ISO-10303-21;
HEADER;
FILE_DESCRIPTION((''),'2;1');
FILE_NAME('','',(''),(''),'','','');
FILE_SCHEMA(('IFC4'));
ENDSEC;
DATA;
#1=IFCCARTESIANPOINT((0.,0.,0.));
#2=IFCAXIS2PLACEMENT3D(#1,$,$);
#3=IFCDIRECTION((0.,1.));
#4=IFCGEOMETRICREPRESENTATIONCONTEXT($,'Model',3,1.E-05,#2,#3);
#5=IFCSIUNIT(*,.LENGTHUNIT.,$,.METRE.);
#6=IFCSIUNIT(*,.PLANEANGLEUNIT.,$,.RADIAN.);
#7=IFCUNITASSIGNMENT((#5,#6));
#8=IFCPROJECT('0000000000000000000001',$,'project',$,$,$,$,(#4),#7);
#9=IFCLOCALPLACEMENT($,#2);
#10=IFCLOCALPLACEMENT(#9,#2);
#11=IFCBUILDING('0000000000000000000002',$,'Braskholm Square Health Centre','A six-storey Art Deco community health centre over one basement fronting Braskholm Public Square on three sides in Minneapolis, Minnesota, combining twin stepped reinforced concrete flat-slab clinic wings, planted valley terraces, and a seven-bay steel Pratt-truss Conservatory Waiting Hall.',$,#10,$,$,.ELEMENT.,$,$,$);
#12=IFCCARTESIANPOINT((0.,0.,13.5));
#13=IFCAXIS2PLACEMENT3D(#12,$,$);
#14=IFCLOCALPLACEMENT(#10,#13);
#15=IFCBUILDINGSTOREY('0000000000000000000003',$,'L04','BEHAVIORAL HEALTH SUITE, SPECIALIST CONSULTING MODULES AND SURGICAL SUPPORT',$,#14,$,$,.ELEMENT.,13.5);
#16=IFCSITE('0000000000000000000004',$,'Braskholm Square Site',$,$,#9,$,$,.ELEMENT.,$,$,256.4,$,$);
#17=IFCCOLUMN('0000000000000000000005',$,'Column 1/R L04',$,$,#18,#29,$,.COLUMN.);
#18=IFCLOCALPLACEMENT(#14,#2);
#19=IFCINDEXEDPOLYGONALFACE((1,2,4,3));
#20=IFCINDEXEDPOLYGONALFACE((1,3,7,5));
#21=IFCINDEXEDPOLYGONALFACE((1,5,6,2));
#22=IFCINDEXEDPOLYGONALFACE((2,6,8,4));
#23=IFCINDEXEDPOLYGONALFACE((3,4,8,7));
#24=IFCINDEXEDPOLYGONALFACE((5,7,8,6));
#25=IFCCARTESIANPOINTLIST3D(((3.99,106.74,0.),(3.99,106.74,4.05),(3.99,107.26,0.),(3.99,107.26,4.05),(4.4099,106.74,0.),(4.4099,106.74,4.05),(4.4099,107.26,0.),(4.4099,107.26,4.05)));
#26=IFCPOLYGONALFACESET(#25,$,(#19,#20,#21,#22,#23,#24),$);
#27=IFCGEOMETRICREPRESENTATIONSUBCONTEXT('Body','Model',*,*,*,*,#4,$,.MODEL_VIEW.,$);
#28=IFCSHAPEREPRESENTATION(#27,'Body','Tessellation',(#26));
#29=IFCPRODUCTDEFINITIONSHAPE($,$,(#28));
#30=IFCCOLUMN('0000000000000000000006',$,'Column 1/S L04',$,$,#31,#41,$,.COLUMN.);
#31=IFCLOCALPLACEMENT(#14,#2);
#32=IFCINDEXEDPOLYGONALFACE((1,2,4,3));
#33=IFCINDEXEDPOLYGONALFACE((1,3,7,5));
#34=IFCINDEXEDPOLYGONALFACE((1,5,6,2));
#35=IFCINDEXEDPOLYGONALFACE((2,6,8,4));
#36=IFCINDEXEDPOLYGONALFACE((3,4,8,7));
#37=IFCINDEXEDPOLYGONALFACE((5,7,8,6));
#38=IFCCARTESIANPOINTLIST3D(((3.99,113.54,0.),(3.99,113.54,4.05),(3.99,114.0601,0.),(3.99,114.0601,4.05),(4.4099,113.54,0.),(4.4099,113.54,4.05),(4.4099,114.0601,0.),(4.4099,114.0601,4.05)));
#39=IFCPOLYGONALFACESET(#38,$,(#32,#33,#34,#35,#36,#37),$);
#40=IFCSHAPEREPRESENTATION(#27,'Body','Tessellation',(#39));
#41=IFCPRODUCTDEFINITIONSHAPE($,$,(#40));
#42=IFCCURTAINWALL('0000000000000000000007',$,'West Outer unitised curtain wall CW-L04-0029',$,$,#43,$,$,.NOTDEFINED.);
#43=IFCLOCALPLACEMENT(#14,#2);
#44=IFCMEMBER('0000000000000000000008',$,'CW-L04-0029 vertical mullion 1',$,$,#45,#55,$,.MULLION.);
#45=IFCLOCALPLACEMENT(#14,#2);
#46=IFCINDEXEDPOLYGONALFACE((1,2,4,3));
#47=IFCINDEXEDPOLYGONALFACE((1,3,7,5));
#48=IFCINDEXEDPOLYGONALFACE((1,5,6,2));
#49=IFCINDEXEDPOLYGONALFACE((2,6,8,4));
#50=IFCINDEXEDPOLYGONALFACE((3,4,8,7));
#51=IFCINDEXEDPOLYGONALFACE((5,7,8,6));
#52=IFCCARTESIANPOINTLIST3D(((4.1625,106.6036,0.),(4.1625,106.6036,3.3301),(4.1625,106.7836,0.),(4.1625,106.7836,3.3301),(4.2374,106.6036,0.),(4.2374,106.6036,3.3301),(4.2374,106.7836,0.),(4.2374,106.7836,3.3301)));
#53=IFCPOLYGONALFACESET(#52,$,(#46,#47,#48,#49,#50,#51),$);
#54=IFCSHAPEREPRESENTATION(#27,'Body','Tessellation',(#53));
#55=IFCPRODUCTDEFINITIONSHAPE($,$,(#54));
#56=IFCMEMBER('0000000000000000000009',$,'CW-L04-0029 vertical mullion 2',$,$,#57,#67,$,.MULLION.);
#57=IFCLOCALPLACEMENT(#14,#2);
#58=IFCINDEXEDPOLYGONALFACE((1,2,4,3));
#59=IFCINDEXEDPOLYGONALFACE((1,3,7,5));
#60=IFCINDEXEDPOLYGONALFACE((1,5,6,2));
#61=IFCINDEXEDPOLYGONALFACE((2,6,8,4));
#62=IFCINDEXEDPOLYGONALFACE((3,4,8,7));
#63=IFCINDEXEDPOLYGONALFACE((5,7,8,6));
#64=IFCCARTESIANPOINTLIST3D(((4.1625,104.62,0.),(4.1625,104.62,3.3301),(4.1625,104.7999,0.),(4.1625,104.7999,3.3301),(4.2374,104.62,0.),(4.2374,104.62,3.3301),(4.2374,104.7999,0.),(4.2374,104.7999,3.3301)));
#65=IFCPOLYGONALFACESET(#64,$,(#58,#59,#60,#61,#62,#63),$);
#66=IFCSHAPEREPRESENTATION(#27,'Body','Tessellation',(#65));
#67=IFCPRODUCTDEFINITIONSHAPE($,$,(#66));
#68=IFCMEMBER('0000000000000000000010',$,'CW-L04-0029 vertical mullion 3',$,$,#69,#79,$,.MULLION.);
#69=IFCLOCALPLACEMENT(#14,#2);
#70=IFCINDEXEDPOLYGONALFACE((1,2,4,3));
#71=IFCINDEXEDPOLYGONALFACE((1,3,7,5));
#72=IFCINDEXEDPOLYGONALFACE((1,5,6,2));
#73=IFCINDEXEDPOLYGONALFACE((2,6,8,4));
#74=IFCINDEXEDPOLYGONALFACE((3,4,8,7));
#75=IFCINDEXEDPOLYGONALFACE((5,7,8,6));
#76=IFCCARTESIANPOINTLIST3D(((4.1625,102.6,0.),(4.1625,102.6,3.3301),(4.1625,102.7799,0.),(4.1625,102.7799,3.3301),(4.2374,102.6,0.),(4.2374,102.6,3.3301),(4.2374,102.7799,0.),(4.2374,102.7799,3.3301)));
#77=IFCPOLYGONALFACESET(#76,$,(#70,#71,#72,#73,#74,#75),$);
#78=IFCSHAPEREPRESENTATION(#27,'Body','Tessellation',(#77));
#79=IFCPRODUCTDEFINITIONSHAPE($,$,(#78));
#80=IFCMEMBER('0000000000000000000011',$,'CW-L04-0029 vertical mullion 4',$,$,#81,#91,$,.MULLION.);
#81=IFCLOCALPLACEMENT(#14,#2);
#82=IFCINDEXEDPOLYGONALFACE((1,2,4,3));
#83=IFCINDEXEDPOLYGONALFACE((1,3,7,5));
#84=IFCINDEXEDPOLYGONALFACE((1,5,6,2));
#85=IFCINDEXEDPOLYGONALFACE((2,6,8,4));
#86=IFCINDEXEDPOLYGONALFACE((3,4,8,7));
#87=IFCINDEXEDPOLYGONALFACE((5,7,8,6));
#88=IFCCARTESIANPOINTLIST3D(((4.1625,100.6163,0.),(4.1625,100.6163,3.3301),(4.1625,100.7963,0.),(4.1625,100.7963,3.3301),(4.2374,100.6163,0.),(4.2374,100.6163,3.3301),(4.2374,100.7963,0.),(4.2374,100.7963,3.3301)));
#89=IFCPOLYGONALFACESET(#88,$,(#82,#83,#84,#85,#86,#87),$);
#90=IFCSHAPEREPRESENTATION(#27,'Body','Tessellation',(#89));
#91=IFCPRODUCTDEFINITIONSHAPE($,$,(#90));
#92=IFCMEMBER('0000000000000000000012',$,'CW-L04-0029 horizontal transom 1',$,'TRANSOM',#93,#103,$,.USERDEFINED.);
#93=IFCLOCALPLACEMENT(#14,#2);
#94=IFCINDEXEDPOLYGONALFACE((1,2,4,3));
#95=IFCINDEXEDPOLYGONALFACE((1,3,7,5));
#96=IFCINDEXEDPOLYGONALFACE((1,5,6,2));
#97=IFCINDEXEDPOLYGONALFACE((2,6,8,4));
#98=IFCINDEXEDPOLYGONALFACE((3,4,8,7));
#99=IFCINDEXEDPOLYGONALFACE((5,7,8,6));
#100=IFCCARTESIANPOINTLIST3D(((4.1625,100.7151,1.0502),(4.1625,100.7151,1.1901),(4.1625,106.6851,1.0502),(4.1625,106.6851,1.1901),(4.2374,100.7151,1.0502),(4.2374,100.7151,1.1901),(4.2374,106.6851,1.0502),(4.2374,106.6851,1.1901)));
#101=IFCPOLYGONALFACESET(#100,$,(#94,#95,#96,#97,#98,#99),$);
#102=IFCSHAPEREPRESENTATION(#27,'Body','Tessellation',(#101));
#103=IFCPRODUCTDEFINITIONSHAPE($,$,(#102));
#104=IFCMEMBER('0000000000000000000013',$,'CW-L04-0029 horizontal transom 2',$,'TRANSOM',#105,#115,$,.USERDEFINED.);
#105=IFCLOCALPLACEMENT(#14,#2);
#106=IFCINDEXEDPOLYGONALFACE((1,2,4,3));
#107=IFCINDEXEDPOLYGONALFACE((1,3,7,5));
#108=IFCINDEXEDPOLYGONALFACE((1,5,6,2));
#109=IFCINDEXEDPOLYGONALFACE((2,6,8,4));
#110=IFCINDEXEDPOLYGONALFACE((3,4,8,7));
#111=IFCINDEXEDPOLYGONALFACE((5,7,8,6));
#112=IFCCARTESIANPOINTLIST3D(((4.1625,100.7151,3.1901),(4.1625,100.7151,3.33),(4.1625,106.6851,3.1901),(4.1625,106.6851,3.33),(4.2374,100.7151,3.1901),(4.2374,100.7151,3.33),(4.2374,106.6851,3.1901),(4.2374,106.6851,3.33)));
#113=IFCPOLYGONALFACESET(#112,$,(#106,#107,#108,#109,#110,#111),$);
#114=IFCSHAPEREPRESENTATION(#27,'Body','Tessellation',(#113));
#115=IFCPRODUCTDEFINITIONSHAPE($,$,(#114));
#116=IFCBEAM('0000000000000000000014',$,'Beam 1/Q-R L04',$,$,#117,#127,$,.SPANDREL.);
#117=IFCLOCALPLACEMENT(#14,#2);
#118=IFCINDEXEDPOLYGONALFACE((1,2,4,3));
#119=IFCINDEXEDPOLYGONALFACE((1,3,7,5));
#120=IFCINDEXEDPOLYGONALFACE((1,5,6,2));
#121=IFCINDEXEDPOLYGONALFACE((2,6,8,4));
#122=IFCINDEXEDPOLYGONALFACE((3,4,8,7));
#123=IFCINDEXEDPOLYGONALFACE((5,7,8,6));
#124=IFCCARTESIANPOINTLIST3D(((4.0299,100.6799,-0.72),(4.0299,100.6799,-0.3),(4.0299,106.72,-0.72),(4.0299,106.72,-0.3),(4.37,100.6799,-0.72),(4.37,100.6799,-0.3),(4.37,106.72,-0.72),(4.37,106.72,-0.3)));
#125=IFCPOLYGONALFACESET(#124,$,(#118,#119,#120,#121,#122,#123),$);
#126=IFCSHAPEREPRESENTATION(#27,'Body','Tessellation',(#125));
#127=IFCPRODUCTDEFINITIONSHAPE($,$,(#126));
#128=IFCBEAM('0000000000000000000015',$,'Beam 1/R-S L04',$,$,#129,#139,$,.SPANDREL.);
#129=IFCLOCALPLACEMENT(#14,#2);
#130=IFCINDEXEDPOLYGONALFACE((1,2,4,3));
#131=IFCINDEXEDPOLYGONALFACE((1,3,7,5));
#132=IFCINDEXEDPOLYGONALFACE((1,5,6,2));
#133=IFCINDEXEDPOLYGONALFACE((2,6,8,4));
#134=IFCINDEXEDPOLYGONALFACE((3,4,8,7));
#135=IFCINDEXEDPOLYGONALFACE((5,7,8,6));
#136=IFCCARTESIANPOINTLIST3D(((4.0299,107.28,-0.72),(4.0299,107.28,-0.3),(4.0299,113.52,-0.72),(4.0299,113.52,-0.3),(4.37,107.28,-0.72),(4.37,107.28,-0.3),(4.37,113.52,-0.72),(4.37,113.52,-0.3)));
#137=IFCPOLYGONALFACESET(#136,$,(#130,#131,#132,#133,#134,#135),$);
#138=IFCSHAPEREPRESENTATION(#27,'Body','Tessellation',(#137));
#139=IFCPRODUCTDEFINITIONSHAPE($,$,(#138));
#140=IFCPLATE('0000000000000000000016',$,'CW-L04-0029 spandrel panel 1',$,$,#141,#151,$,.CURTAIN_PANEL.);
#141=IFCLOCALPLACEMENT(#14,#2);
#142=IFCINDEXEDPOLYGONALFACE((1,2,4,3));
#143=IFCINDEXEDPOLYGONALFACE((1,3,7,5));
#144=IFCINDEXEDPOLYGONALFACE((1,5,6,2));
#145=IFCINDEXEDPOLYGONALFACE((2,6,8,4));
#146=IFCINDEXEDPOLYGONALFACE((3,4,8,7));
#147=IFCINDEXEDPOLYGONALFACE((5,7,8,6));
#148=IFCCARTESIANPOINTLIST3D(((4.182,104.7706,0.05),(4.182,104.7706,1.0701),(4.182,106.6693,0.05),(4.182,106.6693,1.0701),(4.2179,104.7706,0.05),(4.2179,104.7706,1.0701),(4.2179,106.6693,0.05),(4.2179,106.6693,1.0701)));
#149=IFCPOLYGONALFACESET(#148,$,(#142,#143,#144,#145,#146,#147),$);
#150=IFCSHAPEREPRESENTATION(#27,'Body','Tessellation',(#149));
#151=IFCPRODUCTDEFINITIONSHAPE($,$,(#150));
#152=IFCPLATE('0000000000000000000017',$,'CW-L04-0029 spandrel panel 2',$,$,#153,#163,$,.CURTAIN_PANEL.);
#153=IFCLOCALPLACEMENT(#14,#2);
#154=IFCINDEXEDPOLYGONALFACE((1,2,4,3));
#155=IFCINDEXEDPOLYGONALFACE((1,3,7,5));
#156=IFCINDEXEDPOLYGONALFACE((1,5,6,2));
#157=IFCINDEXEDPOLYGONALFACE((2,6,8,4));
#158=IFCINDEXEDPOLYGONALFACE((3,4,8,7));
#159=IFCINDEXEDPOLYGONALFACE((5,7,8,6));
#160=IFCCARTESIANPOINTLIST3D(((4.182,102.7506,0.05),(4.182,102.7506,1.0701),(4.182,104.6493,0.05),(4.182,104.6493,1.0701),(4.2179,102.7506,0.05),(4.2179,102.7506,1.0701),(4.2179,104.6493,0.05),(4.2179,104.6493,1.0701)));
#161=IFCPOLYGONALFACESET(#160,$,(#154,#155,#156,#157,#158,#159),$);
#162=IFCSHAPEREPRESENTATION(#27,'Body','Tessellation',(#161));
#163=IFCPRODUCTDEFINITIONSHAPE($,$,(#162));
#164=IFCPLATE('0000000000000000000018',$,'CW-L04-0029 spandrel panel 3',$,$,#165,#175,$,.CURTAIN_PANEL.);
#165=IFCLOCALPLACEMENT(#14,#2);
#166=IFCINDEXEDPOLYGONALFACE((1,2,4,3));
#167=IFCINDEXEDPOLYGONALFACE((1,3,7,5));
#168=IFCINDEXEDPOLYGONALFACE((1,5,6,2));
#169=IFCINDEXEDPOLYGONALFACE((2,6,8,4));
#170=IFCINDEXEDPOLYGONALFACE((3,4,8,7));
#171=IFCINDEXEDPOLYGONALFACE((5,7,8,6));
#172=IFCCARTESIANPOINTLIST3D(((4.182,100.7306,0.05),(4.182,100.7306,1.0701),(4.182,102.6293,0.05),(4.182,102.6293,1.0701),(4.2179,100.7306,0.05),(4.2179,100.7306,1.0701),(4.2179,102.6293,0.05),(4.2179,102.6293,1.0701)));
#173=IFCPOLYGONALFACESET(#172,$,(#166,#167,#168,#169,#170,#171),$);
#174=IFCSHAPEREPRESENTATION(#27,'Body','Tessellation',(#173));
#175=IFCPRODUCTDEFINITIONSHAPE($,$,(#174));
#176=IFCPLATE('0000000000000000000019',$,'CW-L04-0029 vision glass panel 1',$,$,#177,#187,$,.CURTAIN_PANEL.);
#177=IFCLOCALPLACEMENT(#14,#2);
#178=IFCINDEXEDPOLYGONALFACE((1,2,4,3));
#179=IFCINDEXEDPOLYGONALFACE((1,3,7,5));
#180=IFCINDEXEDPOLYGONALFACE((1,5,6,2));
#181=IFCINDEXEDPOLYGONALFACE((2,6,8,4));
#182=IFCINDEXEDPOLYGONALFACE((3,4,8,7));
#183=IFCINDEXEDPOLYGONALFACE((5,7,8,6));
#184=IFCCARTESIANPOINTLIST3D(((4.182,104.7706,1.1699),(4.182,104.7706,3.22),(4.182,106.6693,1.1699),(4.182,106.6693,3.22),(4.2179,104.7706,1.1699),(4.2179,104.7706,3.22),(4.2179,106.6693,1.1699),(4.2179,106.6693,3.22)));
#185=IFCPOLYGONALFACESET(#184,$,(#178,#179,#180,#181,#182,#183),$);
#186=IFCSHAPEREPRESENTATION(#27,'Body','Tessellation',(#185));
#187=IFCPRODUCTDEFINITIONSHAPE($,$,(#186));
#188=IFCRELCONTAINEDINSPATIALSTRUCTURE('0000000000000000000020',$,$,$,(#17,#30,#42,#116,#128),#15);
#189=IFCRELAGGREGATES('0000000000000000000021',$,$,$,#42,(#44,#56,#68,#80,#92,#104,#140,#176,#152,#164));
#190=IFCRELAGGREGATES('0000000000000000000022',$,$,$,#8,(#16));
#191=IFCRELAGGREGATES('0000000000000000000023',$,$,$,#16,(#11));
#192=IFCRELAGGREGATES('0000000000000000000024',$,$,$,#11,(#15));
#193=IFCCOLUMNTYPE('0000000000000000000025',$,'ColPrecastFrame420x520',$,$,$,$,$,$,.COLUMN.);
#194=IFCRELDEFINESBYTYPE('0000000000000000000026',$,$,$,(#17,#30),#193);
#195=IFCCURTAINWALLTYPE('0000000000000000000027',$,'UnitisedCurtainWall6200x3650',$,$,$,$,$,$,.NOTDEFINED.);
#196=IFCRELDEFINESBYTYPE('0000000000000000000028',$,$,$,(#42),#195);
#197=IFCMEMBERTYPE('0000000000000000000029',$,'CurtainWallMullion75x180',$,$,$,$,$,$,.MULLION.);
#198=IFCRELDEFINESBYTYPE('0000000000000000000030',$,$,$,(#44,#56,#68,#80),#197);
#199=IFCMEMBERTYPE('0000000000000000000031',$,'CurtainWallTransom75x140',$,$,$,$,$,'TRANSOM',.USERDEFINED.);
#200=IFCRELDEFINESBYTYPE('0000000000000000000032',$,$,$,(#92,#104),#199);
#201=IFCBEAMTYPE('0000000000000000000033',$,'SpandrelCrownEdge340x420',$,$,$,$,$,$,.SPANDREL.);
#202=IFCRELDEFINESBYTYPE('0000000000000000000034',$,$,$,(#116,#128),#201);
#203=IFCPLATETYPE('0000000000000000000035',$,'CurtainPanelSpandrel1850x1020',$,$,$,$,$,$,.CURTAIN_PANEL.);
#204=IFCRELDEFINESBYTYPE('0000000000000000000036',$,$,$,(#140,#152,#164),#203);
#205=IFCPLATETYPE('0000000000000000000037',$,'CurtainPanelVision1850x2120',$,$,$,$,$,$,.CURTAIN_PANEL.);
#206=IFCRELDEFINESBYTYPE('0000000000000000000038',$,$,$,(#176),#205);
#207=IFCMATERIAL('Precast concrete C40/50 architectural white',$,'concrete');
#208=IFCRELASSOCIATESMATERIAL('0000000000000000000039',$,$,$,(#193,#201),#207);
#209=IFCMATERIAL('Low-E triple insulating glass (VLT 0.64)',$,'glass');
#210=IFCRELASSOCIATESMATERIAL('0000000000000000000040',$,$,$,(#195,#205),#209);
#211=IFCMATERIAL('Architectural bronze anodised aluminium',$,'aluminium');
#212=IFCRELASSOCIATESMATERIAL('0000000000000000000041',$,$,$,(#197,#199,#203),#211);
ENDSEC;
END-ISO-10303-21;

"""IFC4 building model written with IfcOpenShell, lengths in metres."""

from ifc_helpers import new_model, si_unit, direction, frame, origin, origin_2d, place, context, subcontext, project, spatial, rectangle, extrude, material, material_profile, profile_set, type_object, element, aggregate, save


model = new_model("IFC4")

# Units and contexts
model_context = context("Model", 3, precision=1e-05, world=origin(), true_north=direction((0.0, 1.0)))
body_context = subcontext(model_context, "Body", "Model", "MODEL_VIEW")
ifc_project = project(units=[si_unit("LENGTHUNIT", "METRE"), si_unit("PLANEANGLEUNIT", "RADIAN")], contexts=[model_context])

# Site, building, storey
site_placement = place(None, origin())
site = spatial("IfcSite", under=ifc_project, at=site_placement, Name="Braskholm Square Site", CompositionType="ELEMENT", RefElevation=256.4)
building_placement = place(site_placement, origin())
building = spatial("IfcBuilding", under=site, at=building_placement, Name="Braskholm Square Health Centre", Description="A six-storey Art Deco community health centre over one basement fronting Braskholm Public Square on three sides in Minneapolis, Minnesota, combining twin stepped reinforced concrete flat-slab clinic wings, planted valley terraces, and a seven-bay steel Pratt-truss Conservatory Waiting Hall.", CompositionType="ELEMENT")
storey_placement = place(building_placement, frame((0.0, 0.0, 13.5)))
storey = spatial("IfcBuildingStorey", under=building, at=storey_placement, Name="L04", Description="BEHAVIORAL HEALTH SUITE, SPECIALIST CONSULTING MODULES AND SURGICAL SUPPORT", CompositionType="ELEMENT", Elevation=13.5)

# Columns
ifc_material_1 = material(Name="Precast concrete C40/50 architectural white", Category="concrete")
ifc_material_profile_1 = material_profile(ifc_material_1, rectangle(XDim=0.4199, YDim=0.52, at=origin_2d()), Name="RC-420X520")
ifc_profile_set_1 = profile_set([ifc_material_profile_1], Name="Precast concrete C40/50 architectural white")
column_type = type_object("IfcColumnType", Name="ColPrecastFrame420x520", PredefinedType="COLUMN", material=ifc_profile_set_1)
for number, where, z_axis, x_axis, name in (
    (1, (4.2, 107.0, 0.0), (0.0, 0.0, 1.0), (1.0, 0.0, 0.0), "Column 1/R L04"),
    (2, (4.2, 113.8, 0.0), (0.0, 0.0, 1.0), (1.0, 0.0, 0.0), "Column 1/S L04"),
):
    element("IfcColumn", number, at=place(storey_placement, frame(where, z_axis=z_axis, x_axis=x_axis)), inside=storey, type_object=column_type, Name=name, PredefinedType="COLUMN", context=body_context, shape_type="SweptSolid", body=[
        extrude(rectangle(XDim=0.4199, YDim=0.52, at=origin_2d()), origin(), (0.0, 0.0, 1.0), 4.05),
    ])

# Curtain wall, members
ifc_material_2 = material(Name="Low-E triple insulating glass (VLT 0.64)", Category="glass")
curtain_wall_type = type_object("IfcCurtainWallType", Name="UnitisedCurtainWall6200x3650", PredefinedType="NOTDEFINED", material=ifc_material_2)
curtain_wall_placement = place(storey_placement, origin())
curtain_wall = element("IfcCurtainWall", 3, at=curtain_wall_placement, inside=storey, type_object=curtain_wall_type, Name="West Outer unitised curtain wall CW-L04-0029", PredefinedType="NOTDEFINED")
ifc_material_3 = material(Name="Architectural bronze anodised aluminium", Category="aluminium")
ifc_material_profile_2 = material_profile(ifc_material_3, rectangle(XDim=0.075, YDim=0.1799, at=origin_2d()), Name="ALU-75X180")
ifc_profile_set_2 = profile_set([ifc_material_profile_2], Name="Architectural bronze anodised aluminium")
member_type_1 = type_object("IfcMemberType", Name="CurtainWallMullion75x180", PredefinedType="MULLION", material=ifc_profile_set_2)
member_1_placement = place(storey_placement, frame((4.2, 106.6936, 0.0), z_axis=(0.0, 0.0, 1.0), x_axis=(1.0, 0.0, 0.0)))
member_1 = element("IfcMember", 4, at=member_1_placement, type_object=member_type_1, Name="CW-L04-0029 vertical mullion 1", PredefinedType="MULLION", context=body_context, shape_type="SweptSolid", body=[
    extrude(rectangle(XDim=0.075, YDim=0.1799, at=origin_2d()), origin(), (0.0, 0.0, 1.0), 3.3301),
])
member_2_placement = place(storey_placement, frame((4.2, 104.71, 0.0), z_axis=(0.0, 0.0, 1.0), x_axis=(1.0, 0.0, 0.0)))
member_2 = element("IfcMember", 5, at=member_2_placement, type_object=member_type_1, Name="CW-L04-0029 vertical mullion 2", PredefinedType="MULLION", context=body_context, shape_type="SweptSolid", body=[
    extrude(rectangle(XDim=0.075, YDim=0.1799, at=origin_2d()), origin(), (0.0, 0.0, 1.0), 3.3301),
])
member_3_placement = place(storey_placement, frame((4.2, 102.6899, 0.0), z_axis=(0.0, 0.0, 1.0), x_axis=(1.0, 0.0, 0.0)))
member_3 = element("IfcMember", 6, at=member_3_placement, type_object=member_type_1, Name="CW-L04-0029 vertical mullion 3", PredefinedType="MULLION", context=body_context, shape_type="SweptSolid", body=[
    extrude(rectangle(XDim=0.075, YDim=0.1799, at=origin_2d()), origin(), (0.0, 0.0, 1.0), 3.3301),
])
member_4_placement = place(storey_placement, frame((4.2, 100.7063, 0.0), z_axis=(0.0, 0.0, 1.0), x_axis=(1.0, 0.0, 0.0)))
member_4 = element("IfcMember", 7, at=member_4_placement, type_object=member_type_1, Name="CW-L04-0029 vertical mullion 4", PredefinedType="MULLION", context=body_context, shape_type="SweptSolid", body=[
    extrude(rectangle(XDim=0.075, YDim=0.1799, at=origin_2d()), origin(), (0.0, 0.0, 1.0), 3.3301),
])
ifc_material_profile_3 = material_profile(ifc_material_3, rectangle(XDim=0.075, YDim=0.1399, at=origin_2d()), Name="ALU-75X140")
ifc_profile_set_3 = profile_set([ifc_material_profile_3], Name="Architectural bronze anodised aluminium")
member_type_2 = type_object("IfcMemberType", Name="CurtainWallTransom75x140", ElementType="TRANSOM", PredefinedType="USERDEFINED", material=ifc_profile_set_3)
member_5_placement = place(storey_placement, frame((4.2, 106.6851, 1.1201), z_axis=(0.0, -1.0, 0.0), x_axis=(1.0, 0.0, 0.0)))
member_5 = element("IfcMember", 8, at=member_5_placement, type_object=member_type_2, Name="CW-L04-0029 horizontal transom 1", ObjectType="TRANSOM", PredefinedType="USERDEFINED", context=body_context, shape_type="SweptSolid", body=[
    extrude(rectangle(XDim=0.075, YDim=0.1399, at=origin_2d()), origin(), (0.0, 0.0, 1.0), 5.97),
])
member_6_placement = place(storey_placement, frame((4.2, 106.6851, 3.26), z_axis=(0.0, -1.0, 0.0), x_axis=(1.0, 0.0, 0.0)))
member_6 = element("IfcMember", 9, at=member_6_placement, type_object=member_type_2, Name="CW-L04-0029 horizontal transom 2", ObjectType="TRANSOM", PredefinedType="USERDEFINED", context=body_context, shape_type="SweptSolid", body=[
    extrude(rectangle(XDim=0.075, YDim=0.1399, at=origin_2d()), origin(), (0.0, 0.0, 1.0), 5.97),
])

# Beams
ifc_material_profile_4 = material_profile(ifc_material_1, rectangle(XDim=0.3401, YDim=0.4199, at=origin_2d()), Name="RCB-340X420")
ifc_profile_set_4 = profile_set([ifc_material_profile_4], Name="Precast concrete C40/50 architectural white")
beam_type = type_object("IfcBeamType", Name="SpandrelCrownEdge340x420", PredefinedType="SPANDREL", material=ifc_profile_set_4)
beam_1_placement = place(storey_placement, frame((4.2, 100.6799, -0.51), z_axis=(0.0, 1.0, 0.0), x_axis=(-1.0, 0.0, 0.0)))
element("IfcBeam", 10, at=beam_1_placement, inside=storey, type_object=beam_type, Name="Beam 1/Q-R L04", PredefinedType="SPANDREL", context=body_context, shape_type="SweptSolid", body=[
    extrude(rectangle(XDim=0.3401, YDim=0.4199, at=origin_2d()), origin(), (0.0, 0.0, 1.0), 6.04),
])
beam_2_placement = place(storey_placement, frame((4.2, 107.28, -0.51), z_axis=(0.0, 1.0, 0.0), x_axis=(-1.0, 0.0, 0.0)))
element("IfcBeam", 11, at=beam_2_placement, inside=storey, type_object=beam_type, Name="Beam 1/R-S L04", PredefinedType="SPANDREL", context=body_context, shape_type="SweptSolid", body=[
    extrude(rectangle(XDim=0.3401, YDim=0.4199, at=origin_2d()), origin(), (0.0, 0.0, 1.0), 6.24),
])

# Plates
plate_type_1 = type_object("IfcPlateType", Name="CurtainPanelSpandrel1850x1020", PredefinedType="CURTAIN_PANEL", material=ifc_material_3)
plate_1_placement = place(storey_placement, frame((4.2, 105.72, 0.05), z_axis=(0.0, 0.0, 1.0), x_axis=(0.0, -1.0, 0.0)))
plate_1 = element("IfcPlate", 12, at=plate_1_placement, type_object=plate_type_1, Name="CW-L04-0029 spandrel panel 1", PredefinedType="CURTAIN_PANEL", context=body_context, shape_type="SweptSolid", body=[
    extrude(rectangle(XDim=1.8987, YDim=0.0359, at=origin_2d()), origin(), (0.0, 0.0, 1.0), 1.02),
])
plate_2_placement = place(storey_placement, frame((4.2, 103.7, 0.05), z_axis=(0.0, 0.0, 1.0), x_axis=(0.0, -1.0, 0.0)))
plate_2 = element("IfcPlate", 13, at=plate_2_placement, type_object=plate_type_1, Name="CW-L04-0029 spandrel panel 2", PredefinedType="CURTAIN_PANEL", context=body_context, shape_type="SweptSolid", body=[
    extrude(rectangle(XDim=1.8987, YDim=0.0359, at=origin_2d()), origin(), (0.0, 0.0, 1.0), 1.02),
])
plate_3_placement = place(storey_placement, frame((4.2, 101.6799, 0.05), z_axis=(0.0, 0.0, 1.0), x_axis=(0.0, -1.0, 0.0)))
plate_3 = element("IfcPlate", 14, at=plate_3_placement, type_object=plate_type_1, Name="CW-L04-0029 spandrel panel 3", PredefinedType="CURTAIN_PANEL", context=body_context, shape_type="SweptSolid", body=[
    extrude(rectangle(XDim=1.8987, YDim=0.0359, at=origin_2d()), origin(), (0.0, 0.0, 1.0), 1.02),
])
plate_type_2 = type_object("IfcPlateType", Name="CurtainPanelVision1850x2120", PredefinedType="CURTAIN_PANEL", material=ifc_material_2)
plate_4_placement = place(storey_placement, frame((4.2, 105.72, 1.1699), z_axis=(0.0, 0.0, 1.0), x_axis=(0.0, -1.0, 0.0)))
plate_4 = element("IfcPlate", 15, at=plate_4_placement, type_object=plate_type_2, Name="CW-L04-0029 vision glass panel 1", PredefinedType="CURTAIN_PANEL", context=body_context, shape_type="SweptSolid", body=[
    extrude(rectangle(XDim=1.8987, YDim=0.0359, at=origin_2d()), origin(), (0.0, 0.0, 1.0), 2.05),
])
aggregate(curtain_wall, [member_1, member_2, member_3, member_4, member_5, member_6, plate_1, plate_4, plate_2, plate_3])

save(model, "model.ifc")
